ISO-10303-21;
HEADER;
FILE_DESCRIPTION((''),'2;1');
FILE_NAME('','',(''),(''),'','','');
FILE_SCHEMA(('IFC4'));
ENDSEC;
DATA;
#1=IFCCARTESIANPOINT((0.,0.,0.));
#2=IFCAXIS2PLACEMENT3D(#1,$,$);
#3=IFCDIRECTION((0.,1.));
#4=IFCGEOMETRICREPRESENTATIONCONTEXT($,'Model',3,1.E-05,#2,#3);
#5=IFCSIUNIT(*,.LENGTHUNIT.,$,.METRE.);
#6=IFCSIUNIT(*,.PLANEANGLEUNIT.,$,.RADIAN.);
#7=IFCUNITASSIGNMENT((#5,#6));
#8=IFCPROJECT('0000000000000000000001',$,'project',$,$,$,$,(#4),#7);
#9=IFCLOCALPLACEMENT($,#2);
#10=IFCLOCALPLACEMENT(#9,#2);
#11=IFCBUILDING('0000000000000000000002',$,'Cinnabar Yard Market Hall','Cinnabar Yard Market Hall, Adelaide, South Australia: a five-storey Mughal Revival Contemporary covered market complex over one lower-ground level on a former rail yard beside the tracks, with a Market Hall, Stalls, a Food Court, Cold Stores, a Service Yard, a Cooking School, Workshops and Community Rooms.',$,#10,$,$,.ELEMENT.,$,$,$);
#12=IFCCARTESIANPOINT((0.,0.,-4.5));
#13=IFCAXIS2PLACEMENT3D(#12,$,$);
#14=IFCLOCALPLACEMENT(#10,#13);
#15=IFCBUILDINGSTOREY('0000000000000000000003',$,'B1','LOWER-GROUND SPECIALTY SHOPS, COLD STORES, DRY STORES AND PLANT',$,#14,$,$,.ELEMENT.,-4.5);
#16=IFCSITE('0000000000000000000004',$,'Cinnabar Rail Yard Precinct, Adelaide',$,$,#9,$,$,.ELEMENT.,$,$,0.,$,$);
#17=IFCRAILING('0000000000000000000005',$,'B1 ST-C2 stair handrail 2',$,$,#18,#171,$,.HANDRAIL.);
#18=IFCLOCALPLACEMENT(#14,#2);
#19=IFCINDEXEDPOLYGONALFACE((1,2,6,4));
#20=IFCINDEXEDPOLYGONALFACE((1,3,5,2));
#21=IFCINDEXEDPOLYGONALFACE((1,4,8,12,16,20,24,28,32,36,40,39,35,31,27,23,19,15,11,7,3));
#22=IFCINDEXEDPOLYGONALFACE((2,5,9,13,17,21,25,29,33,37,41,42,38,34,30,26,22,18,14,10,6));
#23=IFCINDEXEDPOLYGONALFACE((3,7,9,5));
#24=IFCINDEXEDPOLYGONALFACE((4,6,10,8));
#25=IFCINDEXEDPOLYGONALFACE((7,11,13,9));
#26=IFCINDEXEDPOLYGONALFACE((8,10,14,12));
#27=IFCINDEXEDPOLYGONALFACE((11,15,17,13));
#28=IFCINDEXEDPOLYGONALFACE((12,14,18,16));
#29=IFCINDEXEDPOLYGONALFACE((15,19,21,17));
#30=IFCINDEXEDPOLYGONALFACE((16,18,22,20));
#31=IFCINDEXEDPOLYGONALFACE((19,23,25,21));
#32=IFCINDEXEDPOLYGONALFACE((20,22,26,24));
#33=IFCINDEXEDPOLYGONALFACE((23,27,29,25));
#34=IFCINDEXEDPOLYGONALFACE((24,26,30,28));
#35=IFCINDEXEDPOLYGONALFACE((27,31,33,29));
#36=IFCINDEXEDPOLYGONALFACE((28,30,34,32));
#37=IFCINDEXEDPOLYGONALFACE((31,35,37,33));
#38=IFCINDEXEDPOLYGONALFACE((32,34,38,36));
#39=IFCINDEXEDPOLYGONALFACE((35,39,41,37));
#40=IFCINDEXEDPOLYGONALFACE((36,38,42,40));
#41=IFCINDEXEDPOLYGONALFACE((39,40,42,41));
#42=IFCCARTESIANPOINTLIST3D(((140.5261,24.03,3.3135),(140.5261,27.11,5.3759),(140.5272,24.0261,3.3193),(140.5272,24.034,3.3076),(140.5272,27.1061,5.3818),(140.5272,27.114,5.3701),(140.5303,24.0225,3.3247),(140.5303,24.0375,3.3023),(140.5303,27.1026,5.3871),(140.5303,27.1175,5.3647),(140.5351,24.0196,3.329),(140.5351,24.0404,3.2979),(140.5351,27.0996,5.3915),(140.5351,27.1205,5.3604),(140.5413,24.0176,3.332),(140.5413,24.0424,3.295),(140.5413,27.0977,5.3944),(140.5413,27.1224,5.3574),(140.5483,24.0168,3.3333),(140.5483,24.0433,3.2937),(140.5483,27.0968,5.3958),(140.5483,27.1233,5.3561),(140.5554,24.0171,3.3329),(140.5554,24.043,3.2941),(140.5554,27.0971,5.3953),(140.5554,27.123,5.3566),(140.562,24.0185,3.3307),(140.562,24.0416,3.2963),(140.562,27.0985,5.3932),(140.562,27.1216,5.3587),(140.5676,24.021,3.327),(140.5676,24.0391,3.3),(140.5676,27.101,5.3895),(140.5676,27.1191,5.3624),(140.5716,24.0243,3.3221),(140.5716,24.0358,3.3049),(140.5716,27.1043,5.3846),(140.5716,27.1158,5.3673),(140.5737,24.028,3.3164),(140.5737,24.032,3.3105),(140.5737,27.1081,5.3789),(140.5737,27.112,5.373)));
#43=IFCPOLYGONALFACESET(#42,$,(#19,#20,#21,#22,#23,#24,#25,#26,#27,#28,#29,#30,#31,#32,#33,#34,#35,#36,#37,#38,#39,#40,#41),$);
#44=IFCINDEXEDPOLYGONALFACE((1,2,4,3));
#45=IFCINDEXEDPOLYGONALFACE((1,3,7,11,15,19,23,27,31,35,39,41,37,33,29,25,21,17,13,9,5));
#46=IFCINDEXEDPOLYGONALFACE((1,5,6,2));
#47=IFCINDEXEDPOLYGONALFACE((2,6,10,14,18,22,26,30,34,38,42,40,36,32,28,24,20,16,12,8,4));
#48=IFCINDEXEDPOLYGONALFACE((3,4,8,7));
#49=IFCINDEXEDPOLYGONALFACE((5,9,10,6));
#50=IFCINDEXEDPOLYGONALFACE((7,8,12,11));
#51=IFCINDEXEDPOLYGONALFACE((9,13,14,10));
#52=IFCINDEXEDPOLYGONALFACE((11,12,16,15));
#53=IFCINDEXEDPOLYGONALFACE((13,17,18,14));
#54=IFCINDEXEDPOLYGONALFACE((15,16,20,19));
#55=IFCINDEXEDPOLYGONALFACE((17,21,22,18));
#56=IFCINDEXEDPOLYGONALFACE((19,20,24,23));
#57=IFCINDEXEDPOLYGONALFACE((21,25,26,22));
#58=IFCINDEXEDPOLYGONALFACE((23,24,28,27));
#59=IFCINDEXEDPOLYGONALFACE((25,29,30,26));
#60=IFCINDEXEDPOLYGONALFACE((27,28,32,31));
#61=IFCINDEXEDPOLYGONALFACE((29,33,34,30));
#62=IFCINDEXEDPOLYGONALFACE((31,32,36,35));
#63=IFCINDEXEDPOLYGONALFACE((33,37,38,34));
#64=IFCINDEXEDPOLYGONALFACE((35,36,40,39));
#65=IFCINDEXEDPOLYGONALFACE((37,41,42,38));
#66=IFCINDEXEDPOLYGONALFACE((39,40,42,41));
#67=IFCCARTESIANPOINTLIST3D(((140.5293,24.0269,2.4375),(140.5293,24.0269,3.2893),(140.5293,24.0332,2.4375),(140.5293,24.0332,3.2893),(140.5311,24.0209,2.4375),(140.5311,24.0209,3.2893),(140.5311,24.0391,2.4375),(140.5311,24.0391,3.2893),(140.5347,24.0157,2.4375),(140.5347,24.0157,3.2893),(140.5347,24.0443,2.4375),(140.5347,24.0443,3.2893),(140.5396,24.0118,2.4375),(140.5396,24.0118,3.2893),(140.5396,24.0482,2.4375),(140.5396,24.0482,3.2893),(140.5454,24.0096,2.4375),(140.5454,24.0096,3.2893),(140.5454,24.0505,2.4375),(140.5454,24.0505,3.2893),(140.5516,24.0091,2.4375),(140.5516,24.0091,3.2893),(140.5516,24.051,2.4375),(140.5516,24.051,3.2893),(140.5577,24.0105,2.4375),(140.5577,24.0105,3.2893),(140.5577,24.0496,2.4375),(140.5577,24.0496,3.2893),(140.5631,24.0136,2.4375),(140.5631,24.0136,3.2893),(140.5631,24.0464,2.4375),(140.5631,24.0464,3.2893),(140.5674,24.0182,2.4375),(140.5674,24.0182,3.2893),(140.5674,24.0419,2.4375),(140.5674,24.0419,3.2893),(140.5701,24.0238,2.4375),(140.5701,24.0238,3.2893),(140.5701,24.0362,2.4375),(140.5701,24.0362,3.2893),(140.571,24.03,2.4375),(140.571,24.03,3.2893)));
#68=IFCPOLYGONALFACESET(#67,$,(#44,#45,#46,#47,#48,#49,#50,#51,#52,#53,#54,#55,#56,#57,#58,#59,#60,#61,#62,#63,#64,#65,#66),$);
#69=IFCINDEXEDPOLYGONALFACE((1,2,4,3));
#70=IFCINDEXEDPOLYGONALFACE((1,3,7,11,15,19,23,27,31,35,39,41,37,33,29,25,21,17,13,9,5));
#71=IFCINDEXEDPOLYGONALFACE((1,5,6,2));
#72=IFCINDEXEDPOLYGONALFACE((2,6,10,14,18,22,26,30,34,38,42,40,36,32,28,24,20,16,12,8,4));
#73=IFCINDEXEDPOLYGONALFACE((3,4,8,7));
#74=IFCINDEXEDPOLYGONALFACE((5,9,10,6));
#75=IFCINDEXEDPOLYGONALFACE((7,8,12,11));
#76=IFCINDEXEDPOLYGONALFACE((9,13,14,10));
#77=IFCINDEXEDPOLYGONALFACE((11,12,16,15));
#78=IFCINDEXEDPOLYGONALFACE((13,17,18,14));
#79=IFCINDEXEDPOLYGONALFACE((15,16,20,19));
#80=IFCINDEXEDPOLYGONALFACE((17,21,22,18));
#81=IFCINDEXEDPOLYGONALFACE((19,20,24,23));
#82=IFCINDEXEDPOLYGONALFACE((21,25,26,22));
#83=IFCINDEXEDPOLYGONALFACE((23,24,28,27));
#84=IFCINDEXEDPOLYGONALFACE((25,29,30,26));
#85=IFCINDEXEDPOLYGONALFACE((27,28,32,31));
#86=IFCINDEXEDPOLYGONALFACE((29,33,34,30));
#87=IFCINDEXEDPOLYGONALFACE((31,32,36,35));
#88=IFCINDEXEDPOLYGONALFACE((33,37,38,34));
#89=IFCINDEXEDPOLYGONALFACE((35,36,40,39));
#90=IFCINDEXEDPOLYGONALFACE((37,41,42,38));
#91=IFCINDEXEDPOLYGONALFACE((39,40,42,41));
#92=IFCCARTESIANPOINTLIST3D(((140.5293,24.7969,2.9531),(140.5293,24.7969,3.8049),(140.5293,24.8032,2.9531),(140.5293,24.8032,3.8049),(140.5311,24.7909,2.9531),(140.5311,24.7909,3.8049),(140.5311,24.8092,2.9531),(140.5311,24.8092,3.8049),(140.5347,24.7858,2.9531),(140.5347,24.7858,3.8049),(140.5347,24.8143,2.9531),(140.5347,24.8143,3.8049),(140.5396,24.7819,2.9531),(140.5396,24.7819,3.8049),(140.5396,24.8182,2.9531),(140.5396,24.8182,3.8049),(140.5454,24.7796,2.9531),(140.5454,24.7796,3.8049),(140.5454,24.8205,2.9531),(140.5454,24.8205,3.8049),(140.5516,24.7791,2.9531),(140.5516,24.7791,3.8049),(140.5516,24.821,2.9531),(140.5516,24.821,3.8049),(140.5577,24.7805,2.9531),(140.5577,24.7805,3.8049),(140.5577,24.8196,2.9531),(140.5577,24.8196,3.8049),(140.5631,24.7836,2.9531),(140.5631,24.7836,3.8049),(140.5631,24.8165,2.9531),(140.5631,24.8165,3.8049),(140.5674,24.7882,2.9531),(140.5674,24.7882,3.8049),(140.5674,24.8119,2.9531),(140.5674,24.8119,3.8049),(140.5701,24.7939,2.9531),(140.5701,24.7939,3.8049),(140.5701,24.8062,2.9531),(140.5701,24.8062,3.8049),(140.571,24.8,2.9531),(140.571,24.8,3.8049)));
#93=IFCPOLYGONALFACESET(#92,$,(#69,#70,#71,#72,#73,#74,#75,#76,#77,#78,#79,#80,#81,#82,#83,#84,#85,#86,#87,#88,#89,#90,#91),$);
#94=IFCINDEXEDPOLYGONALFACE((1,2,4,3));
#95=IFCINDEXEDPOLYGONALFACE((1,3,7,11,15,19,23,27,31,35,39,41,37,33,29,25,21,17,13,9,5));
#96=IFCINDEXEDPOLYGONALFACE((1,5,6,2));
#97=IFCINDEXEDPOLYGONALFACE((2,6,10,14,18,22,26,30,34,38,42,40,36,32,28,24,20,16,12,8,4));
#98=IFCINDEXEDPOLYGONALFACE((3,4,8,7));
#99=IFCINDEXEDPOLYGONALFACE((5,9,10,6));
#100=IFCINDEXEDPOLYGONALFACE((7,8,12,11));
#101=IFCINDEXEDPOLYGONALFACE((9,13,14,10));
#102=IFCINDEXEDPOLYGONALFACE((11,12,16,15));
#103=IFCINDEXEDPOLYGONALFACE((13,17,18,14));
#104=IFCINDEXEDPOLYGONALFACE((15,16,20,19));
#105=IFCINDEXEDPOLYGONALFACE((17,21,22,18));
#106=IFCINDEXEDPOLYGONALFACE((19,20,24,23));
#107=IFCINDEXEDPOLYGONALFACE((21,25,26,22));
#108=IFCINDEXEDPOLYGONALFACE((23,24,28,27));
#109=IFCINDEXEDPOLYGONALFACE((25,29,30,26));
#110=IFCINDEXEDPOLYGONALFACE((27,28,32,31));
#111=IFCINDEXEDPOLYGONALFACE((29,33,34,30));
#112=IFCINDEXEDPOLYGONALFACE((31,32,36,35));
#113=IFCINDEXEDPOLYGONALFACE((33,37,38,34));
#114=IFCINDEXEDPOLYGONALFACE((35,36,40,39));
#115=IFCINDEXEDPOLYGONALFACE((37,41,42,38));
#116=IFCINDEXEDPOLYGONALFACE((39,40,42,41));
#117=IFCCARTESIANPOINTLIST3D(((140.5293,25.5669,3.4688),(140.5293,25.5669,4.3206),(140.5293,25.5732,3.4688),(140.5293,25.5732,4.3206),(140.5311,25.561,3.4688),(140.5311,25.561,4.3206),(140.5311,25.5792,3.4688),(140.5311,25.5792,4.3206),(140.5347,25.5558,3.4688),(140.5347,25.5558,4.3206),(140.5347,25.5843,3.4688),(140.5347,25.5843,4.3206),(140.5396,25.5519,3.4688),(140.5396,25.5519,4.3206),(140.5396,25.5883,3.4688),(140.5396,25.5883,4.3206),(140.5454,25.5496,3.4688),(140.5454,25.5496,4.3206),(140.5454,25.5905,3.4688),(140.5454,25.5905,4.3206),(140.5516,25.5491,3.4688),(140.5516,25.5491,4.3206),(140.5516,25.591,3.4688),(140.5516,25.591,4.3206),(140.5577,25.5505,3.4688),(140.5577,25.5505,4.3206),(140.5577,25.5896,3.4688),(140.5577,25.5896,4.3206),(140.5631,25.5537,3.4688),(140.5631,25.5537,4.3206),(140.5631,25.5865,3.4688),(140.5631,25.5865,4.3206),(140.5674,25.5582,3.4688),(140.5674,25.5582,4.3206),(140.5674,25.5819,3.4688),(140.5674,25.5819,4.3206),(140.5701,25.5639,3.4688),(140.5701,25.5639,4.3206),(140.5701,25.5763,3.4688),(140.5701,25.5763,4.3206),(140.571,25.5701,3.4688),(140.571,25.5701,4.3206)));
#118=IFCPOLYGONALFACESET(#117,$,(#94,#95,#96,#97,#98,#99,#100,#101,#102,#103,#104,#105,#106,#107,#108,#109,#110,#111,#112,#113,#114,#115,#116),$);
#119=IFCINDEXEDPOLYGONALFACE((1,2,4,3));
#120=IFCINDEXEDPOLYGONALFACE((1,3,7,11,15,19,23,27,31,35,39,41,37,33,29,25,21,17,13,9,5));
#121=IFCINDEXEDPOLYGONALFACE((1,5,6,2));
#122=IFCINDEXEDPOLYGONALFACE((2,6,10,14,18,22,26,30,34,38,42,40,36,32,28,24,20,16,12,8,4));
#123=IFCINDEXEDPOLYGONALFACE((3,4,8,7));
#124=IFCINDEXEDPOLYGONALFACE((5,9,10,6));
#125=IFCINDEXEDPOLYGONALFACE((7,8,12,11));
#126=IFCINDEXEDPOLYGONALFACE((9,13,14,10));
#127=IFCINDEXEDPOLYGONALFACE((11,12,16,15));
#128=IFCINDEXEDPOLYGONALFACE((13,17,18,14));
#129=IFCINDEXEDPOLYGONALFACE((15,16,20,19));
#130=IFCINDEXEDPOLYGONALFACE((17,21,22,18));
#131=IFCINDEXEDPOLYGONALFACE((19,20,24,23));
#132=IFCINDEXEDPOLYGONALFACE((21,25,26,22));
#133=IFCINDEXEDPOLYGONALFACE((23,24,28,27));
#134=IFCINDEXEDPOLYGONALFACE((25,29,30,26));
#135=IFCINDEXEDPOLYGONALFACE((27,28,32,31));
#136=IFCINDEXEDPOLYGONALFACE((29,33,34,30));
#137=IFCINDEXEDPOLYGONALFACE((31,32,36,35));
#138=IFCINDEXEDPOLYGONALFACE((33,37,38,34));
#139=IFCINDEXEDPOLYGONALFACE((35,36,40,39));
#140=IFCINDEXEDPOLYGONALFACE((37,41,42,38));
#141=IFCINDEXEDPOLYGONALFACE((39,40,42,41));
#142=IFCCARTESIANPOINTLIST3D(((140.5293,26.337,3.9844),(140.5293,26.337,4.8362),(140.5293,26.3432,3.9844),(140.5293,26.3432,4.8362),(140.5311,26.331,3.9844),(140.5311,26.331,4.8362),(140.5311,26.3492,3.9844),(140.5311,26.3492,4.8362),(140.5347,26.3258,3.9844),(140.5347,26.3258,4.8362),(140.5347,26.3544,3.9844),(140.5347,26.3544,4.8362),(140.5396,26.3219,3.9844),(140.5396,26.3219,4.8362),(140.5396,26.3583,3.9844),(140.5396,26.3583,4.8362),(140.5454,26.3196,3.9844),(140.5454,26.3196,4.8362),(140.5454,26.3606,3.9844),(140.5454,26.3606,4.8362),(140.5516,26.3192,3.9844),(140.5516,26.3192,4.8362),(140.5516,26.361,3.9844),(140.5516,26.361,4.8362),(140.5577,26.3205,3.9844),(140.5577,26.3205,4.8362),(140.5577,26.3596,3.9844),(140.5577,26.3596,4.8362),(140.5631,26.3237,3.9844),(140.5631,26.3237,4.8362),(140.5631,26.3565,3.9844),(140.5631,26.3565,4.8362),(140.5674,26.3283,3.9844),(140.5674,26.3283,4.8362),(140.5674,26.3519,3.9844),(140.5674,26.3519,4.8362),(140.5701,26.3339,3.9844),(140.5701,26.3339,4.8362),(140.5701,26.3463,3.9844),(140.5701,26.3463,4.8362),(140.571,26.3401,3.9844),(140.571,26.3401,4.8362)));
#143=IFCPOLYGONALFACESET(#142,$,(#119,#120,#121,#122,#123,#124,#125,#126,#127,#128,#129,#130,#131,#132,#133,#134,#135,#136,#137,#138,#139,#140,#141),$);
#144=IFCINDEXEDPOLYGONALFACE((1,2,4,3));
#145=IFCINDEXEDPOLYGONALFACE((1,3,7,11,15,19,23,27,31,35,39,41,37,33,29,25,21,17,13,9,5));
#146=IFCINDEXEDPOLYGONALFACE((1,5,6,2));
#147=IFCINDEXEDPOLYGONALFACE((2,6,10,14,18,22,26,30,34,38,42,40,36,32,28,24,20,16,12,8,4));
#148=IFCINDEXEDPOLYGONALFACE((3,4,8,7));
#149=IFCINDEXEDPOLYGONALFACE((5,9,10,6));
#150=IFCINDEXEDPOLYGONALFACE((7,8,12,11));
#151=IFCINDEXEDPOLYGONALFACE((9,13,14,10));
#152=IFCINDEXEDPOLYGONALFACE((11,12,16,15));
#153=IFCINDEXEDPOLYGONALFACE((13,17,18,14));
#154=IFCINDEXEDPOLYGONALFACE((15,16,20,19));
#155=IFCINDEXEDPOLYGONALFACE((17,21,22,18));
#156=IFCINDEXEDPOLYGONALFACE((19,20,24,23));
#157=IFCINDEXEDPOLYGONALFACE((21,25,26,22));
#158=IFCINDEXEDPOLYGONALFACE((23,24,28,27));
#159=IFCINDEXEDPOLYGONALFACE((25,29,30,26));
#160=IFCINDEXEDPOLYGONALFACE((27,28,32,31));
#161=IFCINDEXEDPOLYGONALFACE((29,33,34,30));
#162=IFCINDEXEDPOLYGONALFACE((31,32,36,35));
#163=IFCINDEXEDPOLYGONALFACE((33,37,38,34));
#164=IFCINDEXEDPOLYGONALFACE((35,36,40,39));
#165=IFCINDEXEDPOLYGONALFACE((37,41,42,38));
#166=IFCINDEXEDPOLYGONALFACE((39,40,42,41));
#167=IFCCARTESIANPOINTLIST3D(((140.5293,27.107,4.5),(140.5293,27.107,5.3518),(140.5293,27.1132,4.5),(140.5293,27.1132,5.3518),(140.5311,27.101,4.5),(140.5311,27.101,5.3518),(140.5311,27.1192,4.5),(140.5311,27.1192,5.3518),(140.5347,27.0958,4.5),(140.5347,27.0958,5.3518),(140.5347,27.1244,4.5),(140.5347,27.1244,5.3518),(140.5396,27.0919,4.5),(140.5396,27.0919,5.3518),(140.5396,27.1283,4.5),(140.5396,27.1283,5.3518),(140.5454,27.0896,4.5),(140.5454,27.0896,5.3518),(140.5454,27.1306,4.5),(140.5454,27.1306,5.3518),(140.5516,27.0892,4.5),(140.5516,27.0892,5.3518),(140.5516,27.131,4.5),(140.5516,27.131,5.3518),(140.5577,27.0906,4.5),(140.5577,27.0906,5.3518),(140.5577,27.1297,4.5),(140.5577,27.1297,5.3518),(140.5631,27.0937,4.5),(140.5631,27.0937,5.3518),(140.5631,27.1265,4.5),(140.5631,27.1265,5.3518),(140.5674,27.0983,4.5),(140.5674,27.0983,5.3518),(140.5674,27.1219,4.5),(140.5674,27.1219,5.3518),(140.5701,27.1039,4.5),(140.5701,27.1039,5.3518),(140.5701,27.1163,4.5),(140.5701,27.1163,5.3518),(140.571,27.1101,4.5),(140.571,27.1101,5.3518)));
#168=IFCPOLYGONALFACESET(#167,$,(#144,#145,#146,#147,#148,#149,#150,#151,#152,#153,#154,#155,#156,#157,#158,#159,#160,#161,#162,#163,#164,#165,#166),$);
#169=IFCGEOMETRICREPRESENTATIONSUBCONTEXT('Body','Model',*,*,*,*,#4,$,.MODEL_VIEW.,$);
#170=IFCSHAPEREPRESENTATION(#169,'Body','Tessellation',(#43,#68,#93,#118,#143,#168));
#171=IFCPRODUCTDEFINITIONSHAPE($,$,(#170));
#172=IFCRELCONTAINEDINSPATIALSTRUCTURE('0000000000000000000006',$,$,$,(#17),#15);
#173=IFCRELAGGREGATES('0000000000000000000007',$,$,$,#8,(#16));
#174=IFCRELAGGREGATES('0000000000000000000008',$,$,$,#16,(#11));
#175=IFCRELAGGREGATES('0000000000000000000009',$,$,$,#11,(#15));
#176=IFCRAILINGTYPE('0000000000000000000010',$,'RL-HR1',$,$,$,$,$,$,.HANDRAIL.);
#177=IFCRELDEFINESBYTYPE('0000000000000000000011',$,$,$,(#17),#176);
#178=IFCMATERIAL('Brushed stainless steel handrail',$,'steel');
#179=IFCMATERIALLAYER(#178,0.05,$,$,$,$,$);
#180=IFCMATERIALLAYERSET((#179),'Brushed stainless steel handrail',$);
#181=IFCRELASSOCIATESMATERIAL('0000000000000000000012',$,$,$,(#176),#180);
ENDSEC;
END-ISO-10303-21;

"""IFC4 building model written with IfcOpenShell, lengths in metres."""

from ifc_helpers import new_model, si_unit, direction, frame, origin, origin_2d_with_axis, place, context, subcontext, project, spatial, circle, extrude, material, layer, layer_set, type_object, element, save


model = new_model("IFC4")

# Units and contexts
model_context = context("Model", 3, precision=1e-05, world=origin(), true_north=direction((0.0, 1.0)))
body_context = subcontext(model_context, "Body", "Model", "MODEL_VIEW")
ifc_project = project(units=[si_unit("LENGTHUNIT", "METRE"), si_unit("PLANEANGLEUNIT", "RADIAN")], contexts=[model_context])

# Site, building, storey
site_placement = place(None, origin())
site = spatial("IfcSite", under=ifc_project, at=site_placement, Name="Cinnabar Rail Yard Precinct, Adelaide", CompositionType="ELEMENT", RefElevation=0.0)
building_placement = place(site_placement, origin())
building = spatial("IfcBuilding", under=site, at=building_placement, Name="Cinnabar Yard Market Hall", Description="Cinnabar Yard Market Hall, Adelaide, South Australia: a five-storey Mughal Revival Contemporary covered market complex over one lower-ground level on a former rail yard beside the tracks, with a Market Hall, Stalls, a Food Court, Cold Stores, a Service Yard, a Cooking School, Workshops and Community Rooms.", CompositionType="ELEMENT")
storey_placement = place(building_placement, frame((0.0, 0.0, -4.5)))
storey = spatial("IfcBuildingStorey", under=building, at=storey_placement, Name="B1", Description="LOWER-GROUND SPECIALTY SHOPS, COLD STORES, DRY STORES AND PLANT", CompositionType="ELEMENT", Elevation=-4.5)

# Railing
ifc_material_1 = material(Name="Brushed stainless steel handrail", Category="steel")
ifc_layer_1 = layer(ifc_material_1, 0.05)
ifc_layer_set_1 = layer_set([ifc_layer_1], Name="Brushed stainless steel handrail")
railing_type_1 = type_object("IfcRailingType", Name="RL-HR1", PredefinedType="HANDRAIL", material=ifc_layer_set_1)
railing_1_placement = place(storey_placement, frame((140.55, 24.03, 2.4375)))
element("IfcRailing", 1, at=railing_1_placement, inside=storey, type_object=railing_type_1, Name="B1 ST-C2 stair handrail 2", PredefinedType="HANDRAIL", context=body_context, shape_type="SweptSolid", body=[
    extrude(circle(Radius=0.0239, at=origin_2d_with_axis()), frame((0.0, 0.0, 0.876), z_axis=(0.0, 0.830914, 0.556401), x_axis=(-1.0, 0.0, 0.0)), (0.0, 0.0, 1.0), 3.7068),
    extrude(circle(Radius=0.021, at=origin_2d_with_axis()), origin(), (0.0, 0.0, 1.0), 0.8518),
    extrude(circle(Radius=0.021, at=origin_2d_with_axis()), frame((0.0, 0.77, 0.5156)), (0.0, 0.0, 1.0), 0.8518),
    extrude(circle(Radius=0.021, at=origin_2d_with_axis()), frame((0.0, 1.54, 1.0312)), (0.0, 0.0, 1.0), 0.8518),
    extrude(circle(Radius=0.021, at=origin_2d_with_axis()), frame((0.0, 2.3101, 1.5469)), (0.0, 0.0, 1.0), 0.8518),
    extrude(circle(Radius=0.021, at=origin_2d_with_axis()), frame((0.0, 3.0801, 2.0625)), (0.0, 0.0, 1.0), 0.8518),
])

save(model, "model.ifc")
